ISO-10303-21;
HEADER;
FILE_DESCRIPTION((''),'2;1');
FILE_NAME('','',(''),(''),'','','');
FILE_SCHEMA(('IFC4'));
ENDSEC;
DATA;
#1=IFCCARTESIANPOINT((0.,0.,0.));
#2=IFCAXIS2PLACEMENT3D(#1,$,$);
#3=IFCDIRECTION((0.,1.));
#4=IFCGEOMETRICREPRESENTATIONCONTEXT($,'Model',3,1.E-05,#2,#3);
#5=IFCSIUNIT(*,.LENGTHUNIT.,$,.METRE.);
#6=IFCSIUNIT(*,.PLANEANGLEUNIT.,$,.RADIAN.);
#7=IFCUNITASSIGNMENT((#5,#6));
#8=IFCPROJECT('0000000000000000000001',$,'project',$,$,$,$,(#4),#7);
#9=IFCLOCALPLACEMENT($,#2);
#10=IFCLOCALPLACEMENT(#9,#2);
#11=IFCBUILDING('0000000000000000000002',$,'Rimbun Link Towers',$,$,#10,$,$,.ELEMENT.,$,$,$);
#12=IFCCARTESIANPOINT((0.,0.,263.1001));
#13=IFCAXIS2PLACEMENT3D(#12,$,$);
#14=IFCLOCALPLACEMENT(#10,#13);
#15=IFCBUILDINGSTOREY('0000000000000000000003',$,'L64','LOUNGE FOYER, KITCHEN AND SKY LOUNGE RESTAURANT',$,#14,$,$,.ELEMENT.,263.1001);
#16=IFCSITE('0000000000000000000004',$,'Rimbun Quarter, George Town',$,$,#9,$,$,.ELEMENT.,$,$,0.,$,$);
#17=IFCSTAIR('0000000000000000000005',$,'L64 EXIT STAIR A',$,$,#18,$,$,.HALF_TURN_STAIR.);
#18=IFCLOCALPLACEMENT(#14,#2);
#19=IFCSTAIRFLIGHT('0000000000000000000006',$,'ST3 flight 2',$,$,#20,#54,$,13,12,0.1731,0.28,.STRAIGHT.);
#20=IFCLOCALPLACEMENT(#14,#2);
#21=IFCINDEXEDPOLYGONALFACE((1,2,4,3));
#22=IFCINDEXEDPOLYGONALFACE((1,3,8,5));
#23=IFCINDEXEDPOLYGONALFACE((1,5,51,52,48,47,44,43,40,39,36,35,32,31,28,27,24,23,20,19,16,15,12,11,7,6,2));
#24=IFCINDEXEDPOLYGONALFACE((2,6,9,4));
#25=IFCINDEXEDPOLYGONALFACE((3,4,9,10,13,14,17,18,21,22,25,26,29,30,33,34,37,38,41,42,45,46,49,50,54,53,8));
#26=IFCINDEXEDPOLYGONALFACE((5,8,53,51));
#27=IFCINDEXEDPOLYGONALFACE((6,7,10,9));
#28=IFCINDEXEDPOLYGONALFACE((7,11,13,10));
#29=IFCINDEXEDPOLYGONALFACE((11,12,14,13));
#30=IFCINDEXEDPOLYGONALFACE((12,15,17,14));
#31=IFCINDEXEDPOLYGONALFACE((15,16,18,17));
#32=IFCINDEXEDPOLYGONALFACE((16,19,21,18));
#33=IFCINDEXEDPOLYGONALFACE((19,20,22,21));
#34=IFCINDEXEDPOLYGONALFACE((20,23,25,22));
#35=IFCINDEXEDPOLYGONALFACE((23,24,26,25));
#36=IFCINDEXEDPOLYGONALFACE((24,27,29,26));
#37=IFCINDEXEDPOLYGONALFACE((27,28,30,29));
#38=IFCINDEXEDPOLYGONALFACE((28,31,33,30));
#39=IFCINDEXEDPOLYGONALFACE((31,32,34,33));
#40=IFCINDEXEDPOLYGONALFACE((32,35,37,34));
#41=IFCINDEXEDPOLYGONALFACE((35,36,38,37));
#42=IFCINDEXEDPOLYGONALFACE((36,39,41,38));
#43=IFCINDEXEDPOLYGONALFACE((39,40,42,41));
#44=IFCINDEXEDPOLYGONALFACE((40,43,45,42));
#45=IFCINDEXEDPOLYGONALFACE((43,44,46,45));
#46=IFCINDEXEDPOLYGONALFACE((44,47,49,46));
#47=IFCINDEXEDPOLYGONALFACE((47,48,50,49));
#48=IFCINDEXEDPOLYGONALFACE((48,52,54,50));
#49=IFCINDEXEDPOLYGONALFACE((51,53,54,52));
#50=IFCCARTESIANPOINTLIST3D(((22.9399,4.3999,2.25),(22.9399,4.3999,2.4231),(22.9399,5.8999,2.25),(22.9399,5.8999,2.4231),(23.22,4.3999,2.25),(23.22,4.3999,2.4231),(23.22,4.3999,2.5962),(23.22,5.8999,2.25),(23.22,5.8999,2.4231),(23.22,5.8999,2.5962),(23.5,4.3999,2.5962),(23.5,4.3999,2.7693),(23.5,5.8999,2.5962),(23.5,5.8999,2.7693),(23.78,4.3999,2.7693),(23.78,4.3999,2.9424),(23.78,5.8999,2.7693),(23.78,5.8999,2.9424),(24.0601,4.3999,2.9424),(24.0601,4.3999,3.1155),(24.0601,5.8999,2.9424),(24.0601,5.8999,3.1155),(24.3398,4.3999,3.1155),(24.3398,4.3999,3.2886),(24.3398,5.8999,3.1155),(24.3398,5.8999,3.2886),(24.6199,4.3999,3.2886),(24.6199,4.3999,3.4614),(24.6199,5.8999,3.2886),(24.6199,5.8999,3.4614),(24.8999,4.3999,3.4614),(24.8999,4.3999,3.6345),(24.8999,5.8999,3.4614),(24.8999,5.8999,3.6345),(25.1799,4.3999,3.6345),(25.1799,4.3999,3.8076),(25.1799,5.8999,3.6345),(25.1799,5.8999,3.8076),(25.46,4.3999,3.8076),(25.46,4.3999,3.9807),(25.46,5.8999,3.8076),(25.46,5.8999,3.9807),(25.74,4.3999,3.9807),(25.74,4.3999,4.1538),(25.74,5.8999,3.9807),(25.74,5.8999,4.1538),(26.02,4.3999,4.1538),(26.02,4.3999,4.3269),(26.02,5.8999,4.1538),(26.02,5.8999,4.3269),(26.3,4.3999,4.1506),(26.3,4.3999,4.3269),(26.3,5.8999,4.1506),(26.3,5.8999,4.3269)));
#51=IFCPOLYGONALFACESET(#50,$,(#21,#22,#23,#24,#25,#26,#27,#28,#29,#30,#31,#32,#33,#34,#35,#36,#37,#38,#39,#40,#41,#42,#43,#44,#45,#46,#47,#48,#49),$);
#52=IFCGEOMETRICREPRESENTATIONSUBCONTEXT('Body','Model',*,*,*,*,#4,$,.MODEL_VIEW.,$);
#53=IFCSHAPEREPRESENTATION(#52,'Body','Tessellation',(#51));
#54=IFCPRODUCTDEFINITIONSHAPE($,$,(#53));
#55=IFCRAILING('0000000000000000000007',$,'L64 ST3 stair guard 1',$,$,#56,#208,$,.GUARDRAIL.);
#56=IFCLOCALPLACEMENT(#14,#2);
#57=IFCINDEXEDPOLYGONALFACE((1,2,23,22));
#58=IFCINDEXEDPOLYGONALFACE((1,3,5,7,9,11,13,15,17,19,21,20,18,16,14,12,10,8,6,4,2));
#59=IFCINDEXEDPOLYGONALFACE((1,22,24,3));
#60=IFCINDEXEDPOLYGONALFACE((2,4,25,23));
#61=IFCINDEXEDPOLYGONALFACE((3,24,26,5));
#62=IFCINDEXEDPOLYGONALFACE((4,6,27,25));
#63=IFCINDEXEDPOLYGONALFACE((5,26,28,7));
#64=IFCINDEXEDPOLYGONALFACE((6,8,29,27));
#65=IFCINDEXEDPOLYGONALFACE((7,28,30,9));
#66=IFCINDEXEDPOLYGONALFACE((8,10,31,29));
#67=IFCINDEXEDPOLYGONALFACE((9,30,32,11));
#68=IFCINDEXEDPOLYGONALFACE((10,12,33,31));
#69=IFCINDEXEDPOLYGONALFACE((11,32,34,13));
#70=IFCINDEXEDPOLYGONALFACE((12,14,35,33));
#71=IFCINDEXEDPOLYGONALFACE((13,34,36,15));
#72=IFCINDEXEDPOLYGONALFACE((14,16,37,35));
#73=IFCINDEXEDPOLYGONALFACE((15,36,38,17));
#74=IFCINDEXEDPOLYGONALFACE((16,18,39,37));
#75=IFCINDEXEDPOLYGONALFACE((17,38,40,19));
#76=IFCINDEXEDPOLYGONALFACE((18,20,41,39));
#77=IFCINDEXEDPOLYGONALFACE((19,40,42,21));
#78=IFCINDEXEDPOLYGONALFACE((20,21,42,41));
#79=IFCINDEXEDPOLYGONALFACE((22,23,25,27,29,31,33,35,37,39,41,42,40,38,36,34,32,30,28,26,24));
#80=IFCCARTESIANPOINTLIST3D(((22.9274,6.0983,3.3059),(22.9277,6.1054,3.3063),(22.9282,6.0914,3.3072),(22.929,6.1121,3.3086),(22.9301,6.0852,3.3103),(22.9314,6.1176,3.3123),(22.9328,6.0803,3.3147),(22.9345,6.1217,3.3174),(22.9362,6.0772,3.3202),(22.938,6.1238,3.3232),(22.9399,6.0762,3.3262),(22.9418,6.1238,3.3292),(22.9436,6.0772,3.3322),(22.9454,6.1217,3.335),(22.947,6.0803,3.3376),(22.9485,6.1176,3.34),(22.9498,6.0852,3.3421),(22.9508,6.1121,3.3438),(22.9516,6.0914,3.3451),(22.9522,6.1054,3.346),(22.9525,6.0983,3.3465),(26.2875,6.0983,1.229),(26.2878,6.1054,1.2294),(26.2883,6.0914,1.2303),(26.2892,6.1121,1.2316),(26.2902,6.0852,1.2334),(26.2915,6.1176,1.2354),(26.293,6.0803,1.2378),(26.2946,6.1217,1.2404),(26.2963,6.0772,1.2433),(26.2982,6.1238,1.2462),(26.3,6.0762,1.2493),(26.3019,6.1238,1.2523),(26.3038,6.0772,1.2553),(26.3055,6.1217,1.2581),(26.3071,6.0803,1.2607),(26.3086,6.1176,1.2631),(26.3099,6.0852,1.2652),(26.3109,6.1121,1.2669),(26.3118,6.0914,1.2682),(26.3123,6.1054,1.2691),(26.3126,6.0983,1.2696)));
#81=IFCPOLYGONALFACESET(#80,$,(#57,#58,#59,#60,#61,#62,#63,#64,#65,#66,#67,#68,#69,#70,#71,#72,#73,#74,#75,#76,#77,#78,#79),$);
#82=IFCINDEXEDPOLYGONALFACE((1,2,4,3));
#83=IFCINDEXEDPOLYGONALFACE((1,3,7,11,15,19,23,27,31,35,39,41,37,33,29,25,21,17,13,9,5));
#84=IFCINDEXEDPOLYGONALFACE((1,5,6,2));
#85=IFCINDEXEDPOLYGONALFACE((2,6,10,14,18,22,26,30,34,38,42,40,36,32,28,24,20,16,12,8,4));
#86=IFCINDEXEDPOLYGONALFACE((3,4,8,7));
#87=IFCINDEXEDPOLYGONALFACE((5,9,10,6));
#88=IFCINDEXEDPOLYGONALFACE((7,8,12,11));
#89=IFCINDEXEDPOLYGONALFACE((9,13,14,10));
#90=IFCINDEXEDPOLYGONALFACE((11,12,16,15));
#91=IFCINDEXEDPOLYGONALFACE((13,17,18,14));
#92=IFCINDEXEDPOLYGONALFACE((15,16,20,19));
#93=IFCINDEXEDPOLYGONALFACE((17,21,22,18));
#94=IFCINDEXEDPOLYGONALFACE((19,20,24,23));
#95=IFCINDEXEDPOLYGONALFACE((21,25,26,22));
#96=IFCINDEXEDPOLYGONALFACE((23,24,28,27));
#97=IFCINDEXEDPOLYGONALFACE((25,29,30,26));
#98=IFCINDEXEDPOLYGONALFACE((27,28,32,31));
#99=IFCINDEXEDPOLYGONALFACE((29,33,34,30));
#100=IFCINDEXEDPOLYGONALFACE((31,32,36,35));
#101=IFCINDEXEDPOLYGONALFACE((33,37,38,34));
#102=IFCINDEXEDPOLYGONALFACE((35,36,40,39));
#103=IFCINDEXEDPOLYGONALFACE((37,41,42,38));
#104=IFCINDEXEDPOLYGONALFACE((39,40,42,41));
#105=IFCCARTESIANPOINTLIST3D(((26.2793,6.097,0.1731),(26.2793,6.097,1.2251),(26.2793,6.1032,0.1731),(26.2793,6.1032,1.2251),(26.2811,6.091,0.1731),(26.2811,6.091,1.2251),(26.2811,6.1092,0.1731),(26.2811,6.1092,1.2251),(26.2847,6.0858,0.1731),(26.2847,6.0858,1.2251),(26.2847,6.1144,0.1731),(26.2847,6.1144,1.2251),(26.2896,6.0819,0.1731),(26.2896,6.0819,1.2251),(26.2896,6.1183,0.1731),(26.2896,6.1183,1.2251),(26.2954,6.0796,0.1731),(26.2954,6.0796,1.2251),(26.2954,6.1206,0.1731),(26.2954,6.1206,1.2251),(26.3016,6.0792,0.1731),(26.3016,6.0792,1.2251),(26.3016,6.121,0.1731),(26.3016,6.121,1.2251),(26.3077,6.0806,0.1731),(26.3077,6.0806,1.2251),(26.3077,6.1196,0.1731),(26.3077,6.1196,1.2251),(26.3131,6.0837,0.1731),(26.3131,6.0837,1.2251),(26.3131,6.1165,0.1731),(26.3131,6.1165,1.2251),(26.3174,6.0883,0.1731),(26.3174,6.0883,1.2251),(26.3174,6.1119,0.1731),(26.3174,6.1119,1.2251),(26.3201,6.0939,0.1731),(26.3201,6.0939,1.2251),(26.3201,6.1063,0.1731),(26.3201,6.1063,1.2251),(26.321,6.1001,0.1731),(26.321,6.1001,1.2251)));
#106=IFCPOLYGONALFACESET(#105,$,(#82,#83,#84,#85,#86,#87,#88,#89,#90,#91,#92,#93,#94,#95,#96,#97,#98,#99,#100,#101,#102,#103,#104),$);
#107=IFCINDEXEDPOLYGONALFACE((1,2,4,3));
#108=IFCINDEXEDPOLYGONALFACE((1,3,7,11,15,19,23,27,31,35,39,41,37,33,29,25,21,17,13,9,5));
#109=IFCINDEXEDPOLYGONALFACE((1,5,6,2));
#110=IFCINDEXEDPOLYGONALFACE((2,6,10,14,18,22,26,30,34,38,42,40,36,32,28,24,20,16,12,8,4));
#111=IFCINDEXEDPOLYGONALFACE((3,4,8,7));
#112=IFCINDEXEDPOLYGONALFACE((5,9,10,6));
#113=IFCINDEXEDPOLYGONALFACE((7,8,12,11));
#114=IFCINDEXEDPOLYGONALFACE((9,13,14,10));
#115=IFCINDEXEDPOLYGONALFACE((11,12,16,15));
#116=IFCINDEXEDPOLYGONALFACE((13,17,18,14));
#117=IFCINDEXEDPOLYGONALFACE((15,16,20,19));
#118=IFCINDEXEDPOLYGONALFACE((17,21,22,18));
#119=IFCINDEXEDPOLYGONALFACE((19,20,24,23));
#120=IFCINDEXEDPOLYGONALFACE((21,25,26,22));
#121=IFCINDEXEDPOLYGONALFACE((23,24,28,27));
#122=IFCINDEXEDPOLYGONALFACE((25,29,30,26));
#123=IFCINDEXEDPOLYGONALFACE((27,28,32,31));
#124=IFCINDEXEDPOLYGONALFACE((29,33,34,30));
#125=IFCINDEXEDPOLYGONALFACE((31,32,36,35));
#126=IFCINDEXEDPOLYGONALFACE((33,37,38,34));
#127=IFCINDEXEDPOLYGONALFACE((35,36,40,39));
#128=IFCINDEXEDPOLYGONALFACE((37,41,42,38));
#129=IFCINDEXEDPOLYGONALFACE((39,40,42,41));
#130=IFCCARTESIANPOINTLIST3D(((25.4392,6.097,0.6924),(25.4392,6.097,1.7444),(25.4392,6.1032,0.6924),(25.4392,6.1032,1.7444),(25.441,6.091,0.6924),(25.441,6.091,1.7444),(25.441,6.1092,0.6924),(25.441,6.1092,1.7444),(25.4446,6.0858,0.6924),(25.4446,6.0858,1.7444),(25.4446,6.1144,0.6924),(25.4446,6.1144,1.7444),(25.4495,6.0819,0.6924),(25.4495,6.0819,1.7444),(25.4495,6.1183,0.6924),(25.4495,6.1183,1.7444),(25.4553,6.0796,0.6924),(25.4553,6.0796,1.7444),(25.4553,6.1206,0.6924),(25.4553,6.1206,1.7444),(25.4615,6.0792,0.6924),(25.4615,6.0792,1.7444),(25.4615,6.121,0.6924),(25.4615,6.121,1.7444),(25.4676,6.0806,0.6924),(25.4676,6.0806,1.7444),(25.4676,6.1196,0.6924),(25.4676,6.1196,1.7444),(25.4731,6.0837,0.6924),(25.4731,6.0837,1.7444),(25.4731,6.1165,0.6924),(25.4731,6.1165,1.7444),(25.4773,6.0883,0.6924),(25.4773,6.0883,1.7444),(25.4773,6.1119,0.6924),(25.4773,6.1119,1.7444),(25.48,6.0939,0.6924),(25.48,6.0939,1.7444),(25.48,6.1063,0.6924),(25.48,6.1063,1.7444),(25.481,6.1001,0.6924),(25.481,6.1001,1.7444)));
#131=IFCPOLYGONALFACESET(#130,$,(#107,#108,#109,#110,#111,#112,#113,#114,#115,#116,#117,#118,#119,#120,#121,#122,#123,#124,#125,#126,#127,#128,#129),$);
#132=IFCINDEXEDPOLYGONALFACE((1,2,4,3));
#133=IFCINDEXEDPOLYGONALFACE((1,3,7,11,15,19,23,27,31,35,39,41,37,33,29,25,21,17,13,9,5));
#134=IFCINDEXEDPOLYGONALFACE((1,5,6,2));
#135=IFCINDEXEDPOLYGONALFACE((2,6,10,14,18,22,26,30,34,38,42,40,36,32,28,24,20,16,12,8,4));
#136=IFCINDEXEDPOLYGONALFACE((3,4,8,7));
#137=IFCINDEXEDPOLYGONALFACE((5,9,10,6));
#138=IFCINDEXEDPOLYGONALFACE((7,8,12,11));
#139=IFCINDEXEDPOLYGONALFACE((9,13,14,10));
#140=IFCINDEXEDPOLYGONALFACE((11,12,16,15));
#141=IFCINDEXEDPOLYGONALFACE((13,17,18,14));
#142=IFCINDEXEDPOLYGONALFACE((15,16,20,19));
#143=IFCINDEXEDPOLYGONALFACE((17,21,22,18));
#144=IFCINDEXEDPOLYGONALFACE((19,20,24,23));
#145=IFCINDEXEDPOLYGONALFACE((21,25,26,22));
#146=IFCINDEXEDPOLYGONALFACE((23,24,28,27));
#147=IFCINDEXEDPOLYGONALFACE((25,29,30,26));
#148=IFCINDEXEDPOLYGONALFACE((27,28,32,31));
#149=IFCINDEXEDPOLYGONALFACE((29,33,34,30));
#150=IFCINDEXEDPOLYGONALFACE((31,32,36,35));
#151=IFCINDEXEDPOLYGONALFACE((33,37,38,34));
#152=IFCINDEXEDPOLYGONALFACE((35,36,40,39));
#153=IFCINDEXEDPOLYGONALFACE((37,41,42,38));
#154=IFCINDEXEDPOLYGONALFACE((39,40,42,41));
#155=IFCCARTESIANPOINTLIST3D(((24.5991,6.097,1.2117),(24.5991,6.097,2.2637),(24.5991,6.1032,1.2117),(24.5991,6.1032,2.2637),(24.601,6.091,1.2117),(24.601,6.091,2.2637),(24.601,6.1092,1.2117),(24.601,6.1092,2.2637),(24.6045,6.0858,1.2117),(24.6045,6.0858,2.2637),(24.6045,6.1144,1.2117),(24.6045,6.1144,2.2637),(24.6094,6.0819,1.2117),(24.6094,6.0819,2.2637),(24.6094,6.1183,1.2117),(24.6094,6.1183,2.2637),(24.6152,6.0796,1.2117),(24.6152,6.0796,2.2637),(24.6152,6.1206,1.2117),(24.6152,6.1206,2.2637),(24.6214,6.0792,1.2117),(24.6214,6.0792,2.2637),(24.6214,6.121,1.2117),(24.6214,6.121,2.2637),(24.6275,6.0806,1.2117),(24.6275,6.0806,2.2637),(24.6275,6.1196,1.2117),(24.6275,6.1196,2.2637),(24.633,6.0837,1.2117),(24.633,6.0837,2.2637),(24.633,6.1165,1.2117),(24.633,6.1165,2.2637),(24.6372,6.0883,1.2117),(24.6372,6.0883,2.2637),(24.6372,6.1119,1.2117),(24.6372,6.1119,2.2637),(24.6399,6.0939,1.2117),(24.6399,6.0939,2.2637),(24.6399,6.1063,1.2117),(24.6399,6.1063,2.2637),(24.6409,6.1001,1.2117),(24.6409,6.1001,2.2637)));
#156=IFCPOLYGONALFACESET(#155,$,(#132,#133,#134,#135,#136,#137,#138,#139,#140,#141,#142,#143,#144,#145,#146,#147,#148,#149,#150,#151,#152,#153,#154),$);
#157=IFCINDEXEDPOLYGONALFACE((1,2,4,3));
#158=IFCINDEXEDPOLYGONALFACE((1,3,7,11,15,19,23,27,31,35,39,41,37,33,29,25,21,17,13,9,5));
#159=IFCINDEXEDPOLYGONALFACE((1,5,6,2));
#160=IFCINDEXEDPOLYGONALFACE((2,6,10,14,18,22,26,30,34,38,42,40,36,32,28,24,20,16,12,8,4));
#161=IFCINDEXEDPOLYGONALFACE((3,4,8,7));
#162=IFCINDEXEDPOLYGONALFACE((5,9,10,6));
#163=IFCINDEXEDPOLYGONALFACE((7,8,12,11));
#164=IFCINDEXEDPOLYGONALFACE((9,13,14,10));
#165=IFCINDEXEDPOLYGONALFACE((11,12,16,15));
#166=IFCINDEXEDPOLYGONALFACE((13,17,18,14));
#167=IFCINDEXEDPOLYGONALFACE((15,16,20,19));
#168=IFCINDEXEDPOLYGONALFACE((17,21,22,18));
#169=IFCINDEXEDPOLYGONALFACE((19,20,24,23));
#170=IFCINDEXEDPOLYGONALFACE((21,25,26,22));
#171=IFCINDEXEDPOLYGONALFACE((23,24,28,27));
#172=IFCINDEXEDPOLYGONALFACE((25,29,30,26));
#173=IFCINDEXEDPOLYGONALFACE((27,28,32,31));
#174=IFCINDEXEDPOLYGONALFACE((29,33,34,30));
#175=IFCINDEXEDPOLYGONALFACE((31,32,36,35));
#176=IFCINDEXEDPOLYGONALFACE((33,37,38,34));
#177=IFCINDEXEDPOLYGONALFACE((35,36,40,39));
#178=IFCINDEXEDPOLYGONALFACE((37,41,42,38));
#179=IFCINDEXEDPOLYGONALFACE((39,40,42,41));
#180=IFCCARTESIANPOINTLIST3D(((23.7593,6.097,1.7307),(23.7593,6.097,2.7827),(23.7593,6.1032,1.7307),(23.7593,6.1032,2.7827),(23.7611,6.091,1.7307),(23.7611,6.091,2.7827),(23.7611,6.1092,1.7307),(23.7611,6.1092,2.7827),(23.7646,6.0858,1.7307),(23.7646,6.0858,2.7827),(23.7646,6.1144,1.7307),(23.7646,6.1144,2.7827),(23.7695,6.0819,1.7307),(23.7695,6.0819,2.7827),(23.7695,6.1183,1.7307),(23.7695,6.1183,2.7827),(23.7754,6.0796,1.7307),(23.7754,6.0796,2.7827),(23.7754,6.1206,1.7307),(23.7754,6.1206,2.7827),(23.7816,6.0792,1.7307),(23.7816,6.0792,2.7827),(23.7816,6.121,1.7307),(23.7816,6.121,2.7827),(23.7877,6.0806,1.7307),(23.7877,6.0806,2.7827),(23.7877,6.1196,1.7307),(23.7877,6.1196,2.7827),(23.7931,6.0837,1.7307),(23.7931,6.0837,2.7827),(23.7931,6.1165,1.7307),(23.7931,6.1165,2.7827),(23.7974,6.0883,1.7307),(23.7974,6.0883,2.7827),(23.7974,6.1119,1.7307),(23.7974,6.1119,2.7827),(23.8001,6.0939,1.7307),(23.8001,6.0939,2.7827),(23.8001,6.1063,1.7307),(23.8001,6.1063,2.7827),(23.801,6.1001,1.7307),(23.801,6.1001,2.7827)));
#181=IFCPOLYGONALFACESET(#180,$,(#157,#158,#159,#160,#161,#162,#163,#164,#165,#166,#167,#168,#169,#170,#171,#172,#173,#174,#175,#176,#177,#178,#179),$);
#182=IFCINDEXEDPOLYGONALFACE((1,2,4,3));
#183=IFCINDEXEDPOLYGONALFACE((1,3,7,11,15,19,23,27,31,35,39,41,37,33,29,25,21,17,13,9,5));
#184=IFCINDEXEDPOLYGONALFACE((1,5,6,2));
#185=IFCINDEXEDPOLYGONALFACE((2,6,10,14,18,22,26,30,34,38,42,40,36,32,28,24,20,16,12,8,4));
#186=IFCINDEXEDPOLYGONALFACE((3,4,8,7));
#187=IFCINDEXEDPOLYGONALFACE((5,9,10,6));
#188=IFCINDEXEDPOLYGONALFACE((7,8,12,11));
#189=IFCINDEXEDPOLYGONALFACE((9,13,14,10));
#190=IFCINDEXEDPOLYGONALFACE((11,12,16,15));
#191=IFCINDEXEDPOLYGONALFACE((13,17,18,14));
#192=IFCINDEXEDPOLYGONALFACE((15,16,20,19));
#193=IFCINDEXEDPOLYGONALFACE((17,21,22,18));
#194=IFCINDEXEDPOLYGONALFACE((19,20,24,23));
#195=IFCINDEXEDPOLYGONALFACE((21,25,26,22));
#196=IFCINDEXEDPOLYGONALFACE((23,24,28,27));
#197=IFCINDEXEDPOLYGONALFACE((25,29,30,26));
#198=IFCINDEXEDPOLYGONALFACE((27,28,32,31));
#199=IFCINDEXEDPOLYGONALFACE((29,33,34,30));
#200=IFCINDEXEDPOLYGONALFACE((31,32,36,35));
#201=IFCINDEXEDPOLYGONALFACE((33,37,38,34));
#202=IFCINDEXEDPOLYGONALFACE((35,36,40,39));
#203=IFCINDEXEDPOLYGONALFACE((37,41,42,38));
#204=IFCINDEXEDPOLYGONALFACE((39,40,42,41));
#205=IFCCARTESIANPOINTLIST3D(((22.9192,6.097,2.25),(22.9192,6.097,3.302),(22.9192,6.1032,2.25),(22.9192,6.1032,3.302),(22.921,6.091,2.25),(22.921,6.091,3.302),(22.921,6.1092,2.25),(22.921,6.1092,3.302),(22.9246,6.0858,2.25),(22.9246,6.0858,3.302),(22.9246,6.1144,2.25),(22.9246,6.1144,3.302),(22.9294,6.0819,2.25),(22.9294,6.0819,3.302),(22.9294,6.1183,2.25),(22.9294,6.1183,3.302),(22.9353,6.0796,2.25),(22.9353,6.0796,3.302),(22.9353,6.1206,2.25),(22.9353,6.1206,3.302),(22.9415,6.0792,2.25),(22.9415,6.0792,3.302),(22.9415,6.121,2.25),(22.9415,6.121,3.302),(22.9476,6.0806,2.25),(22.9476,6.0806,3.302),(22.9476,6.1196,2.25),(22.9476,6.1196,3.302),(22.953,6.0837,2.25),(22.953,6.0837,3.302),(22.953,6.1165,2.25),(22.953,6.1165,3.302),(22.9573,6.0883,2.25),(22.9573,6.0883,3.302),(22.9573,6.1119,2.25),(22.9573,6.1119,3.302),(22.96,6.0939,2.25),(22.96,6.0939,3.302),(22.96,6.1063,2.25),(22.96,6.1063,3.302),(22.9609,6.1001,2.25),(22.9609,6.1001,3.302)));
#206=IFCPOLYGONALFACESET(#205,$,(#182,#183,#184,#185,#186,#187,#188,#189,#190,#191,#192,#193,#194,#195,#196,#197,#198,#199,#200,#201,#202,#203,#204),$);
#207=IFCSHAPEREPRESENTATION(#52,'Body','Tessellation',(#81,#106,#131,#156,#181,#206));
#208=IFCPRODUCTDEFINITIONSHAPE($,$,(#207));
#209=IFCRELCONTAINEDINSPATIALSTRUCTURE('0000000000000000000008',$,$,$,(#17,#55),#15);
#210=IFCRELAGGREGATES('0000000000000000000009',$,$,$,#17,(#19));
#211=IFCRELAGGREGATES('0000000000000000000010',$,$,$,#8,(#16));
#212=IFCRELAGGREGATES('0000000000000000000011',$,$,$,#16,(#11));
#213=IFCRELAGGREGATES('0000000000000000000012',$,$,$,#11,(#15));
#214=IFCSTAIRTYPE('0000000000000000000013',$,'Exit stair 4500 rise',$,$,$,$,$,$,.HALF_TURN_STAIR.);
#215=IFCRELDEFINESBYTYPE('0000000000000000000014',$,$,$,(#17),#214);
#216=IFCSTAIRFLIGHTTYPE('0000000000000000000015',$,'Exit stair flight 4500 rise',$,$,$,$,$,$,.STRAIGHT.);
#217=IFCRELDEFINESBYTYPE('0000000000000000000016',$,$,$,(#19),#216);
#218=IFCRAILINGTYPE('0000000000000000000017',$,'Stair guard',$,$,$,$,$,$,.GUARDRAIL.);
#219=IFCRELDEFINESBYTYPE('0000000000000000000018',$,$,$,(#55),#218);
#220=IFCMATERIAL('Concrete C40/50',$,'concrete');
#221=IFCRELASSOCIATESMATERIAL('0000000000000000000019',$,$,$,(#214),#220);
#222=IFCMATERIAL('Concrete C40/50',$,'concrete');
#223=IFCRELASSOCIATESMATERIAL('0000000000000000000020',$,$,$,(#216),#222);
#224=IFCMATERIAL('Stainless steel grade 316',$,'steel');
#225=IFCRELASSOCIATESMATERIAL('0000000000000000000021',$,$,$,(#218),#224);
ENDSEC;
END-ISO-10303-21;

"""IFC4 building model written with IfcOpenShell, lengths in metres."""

from ifc_helpers import new_model, si_unit, direction, frame, origin, origin_2d, place, context, subcontext, project, spatial, polyline, circle, outline, extrude, material, type_object, element, aggregate, save


model = new_model("IFC4")

# Units and contexts
model_context = context("Model", 3, precision=1e-05, world=origin(), true_north=direction((0.0, 1.0)))
body_context = subcontext(model_context, "Body", "Model", "MODEL_VIEW")
ifc_project = project(units=[si_unit("LENGTHUNIT", "METRE"), si_unit("PLANEANGLEUNIT", "RADIAN")], contexts=[model_context])

# Site, building, storey
site_placement = place(None, origin())
site = spatial("IfcSite", under=ifc_project, at=site_placement, Name="Rimbun Quarter, George Town", CompositionType="ELEMENT", RefElevation=0.0)
building_placement = place(site_placement, origin())
building = spatial("IfcBuilding", under=site, at=building_placement, Name="Rimbun Link Towers", CompositionType="ELEMENT")
storey_placement = place(building_placement, frame((0.0, 0.0, 263.1001)))
storey = spatial("IfcBuildingStorey", under=building, at=storey_placement, Name="L64", Description="LOUNGE FOYER, KITCHEN AND SKY LOUNGE RESTAURANT", CompositionType="ELEMENT", Elevation=263.1001)

# Stair, stair flight
ifc_material_1 = material(Name="Concrete C40/50", Category="concrete")
stair_type = type_object("IfcStairType", Name="Exit stair 4500 rise", PredefinedType="HALF_TURN_STAIR", material=ifc_material_1)
stair_placement = place(storey_placement, origin())
stair = element("IfcStair", 1, at=stair_placement, inside=storey, type_object=stair_type, Name="L64 EXIT STAIR A", PredefinedType="HALF_TURN_STAIR")
ifc_material_2 = material(Name="Concrete C40/50", Category="concrete")
stair_flight_type = type_object("IfcStairFlightType", Name="Exit stair flight 4500 rise", PredefinedType="STRAIGHT", material=ifc_material_2)
stair_flight_1_placement = place(storey_placement, frame((22.9399, 5.1499, 2.25), z_axis=(0.0, 0.0, 1.0), x_axis=(1.0, 0.0, 0.0)))
stair_flight_1 = element("IfcStairFlight", 2, at=stair_flight_1_placement, type_object=stair_flight_type, Name="ST3 flight 2", NumberOfRisers=13, NumberOfTreads=12, PredefinedType="STRAIGHT", RiserHeight=0.1731, TreadLength=0.28, context=body_context, shape_type="SweptSolid", body=[
    extrude(outline(polyline([(0.0, 0.0), (0.0, 0.1731), (0.28, 0.1731), (0.28, 0.3462), (0.5601, 0.3462), (0.5601, 0.5193), (0.8401, 0.5193), (0.8401, 0.6924), (1.1201, 0.6924), (1.1201, 0.8655), (1.3999, 0.8655), (1.3999, 1.0386), (1.6799, 1.0386), (1.6799, 1.2114), (1.96, 1.2114), (1.96, 1.3845), (2.24, 1.3845), (2.24, 1.5576), (2.52, 1.5576), (2.52, 1.7307), (2.8, 1.7307), (2.8, 1.9038), (3.0801, 1.9038), (3.0801, 2.0769), (3.3601, 2.0769), (3.3601, 2.25), (3.3601, 1.9006), (0.28, 0.0), (0.0, 0.0)])), frame((0.0, 0.75, 0.0), z_axis=(0.0, -1.0, 0.0), x_axis=(1.0, 0.0, 0.0)), (0.0, 0.0, 1.0), 1.5),
])
aggregate(stair, [stair_flight_1])

# Railing
ifc_material_3 = material(Name="Stainless steel grade 316", Category="steel")
railing_type_1 = type_object("IfcRailingType", Name="Stair guard", PredefinedType="GUARDRAIL", material=ifc_material_3)
railing_1_placement = place(storey_placement, frame((26.3, 6.1001, 0.1731)))
element("IfcRailing", 3, at=railing_1_placement, inside=storey, type_object=railing_type_1, Name="L64 ST3 stair guard 1", PredefinedType="GUARDRAIL", context=body_context, shape_type="SweptSolid", body=[
    extrude(circle(Radius=0.0239, at=origin_2d()), frame((0.0, 0.0, 1.0762), z_axis=(-0.850623, 0.0, 0.525776), x_axis=(0.0, -1.0, 0.0)), (0.0, 0.0, 1.0), 3.9502),
    extrude(circle(Radius=0.021, at=origin_2d()), origin(), (0.0, 0.0, 1.0), 1.052),
    extrude(circle(Radius=0.021, at=origin_2d()), frame((-0.8401, 0.0, 0.5193)), (0.0, 0.0, 1.0), 1.052),
    extrude(circle(Radius=0.021, at=origin_2d()), frame((-1.6802, 0.0, 1.0386)), (0.0, 0.0, 1.0), 1.052),
    extrude(circle(Radius=0.021, at=origin_2d()), frame((-2.52, 0.0, 1.5576)), (0.0, 0.0, 1.0), 1.052),
    extrude(circle(Radius=0.021, at=origin_2d()), frame((-3.3601, 0.0, 2.0769)), (0.0, 0.0, 1.0), 1.052),
])

save(model, "model.ifc")
